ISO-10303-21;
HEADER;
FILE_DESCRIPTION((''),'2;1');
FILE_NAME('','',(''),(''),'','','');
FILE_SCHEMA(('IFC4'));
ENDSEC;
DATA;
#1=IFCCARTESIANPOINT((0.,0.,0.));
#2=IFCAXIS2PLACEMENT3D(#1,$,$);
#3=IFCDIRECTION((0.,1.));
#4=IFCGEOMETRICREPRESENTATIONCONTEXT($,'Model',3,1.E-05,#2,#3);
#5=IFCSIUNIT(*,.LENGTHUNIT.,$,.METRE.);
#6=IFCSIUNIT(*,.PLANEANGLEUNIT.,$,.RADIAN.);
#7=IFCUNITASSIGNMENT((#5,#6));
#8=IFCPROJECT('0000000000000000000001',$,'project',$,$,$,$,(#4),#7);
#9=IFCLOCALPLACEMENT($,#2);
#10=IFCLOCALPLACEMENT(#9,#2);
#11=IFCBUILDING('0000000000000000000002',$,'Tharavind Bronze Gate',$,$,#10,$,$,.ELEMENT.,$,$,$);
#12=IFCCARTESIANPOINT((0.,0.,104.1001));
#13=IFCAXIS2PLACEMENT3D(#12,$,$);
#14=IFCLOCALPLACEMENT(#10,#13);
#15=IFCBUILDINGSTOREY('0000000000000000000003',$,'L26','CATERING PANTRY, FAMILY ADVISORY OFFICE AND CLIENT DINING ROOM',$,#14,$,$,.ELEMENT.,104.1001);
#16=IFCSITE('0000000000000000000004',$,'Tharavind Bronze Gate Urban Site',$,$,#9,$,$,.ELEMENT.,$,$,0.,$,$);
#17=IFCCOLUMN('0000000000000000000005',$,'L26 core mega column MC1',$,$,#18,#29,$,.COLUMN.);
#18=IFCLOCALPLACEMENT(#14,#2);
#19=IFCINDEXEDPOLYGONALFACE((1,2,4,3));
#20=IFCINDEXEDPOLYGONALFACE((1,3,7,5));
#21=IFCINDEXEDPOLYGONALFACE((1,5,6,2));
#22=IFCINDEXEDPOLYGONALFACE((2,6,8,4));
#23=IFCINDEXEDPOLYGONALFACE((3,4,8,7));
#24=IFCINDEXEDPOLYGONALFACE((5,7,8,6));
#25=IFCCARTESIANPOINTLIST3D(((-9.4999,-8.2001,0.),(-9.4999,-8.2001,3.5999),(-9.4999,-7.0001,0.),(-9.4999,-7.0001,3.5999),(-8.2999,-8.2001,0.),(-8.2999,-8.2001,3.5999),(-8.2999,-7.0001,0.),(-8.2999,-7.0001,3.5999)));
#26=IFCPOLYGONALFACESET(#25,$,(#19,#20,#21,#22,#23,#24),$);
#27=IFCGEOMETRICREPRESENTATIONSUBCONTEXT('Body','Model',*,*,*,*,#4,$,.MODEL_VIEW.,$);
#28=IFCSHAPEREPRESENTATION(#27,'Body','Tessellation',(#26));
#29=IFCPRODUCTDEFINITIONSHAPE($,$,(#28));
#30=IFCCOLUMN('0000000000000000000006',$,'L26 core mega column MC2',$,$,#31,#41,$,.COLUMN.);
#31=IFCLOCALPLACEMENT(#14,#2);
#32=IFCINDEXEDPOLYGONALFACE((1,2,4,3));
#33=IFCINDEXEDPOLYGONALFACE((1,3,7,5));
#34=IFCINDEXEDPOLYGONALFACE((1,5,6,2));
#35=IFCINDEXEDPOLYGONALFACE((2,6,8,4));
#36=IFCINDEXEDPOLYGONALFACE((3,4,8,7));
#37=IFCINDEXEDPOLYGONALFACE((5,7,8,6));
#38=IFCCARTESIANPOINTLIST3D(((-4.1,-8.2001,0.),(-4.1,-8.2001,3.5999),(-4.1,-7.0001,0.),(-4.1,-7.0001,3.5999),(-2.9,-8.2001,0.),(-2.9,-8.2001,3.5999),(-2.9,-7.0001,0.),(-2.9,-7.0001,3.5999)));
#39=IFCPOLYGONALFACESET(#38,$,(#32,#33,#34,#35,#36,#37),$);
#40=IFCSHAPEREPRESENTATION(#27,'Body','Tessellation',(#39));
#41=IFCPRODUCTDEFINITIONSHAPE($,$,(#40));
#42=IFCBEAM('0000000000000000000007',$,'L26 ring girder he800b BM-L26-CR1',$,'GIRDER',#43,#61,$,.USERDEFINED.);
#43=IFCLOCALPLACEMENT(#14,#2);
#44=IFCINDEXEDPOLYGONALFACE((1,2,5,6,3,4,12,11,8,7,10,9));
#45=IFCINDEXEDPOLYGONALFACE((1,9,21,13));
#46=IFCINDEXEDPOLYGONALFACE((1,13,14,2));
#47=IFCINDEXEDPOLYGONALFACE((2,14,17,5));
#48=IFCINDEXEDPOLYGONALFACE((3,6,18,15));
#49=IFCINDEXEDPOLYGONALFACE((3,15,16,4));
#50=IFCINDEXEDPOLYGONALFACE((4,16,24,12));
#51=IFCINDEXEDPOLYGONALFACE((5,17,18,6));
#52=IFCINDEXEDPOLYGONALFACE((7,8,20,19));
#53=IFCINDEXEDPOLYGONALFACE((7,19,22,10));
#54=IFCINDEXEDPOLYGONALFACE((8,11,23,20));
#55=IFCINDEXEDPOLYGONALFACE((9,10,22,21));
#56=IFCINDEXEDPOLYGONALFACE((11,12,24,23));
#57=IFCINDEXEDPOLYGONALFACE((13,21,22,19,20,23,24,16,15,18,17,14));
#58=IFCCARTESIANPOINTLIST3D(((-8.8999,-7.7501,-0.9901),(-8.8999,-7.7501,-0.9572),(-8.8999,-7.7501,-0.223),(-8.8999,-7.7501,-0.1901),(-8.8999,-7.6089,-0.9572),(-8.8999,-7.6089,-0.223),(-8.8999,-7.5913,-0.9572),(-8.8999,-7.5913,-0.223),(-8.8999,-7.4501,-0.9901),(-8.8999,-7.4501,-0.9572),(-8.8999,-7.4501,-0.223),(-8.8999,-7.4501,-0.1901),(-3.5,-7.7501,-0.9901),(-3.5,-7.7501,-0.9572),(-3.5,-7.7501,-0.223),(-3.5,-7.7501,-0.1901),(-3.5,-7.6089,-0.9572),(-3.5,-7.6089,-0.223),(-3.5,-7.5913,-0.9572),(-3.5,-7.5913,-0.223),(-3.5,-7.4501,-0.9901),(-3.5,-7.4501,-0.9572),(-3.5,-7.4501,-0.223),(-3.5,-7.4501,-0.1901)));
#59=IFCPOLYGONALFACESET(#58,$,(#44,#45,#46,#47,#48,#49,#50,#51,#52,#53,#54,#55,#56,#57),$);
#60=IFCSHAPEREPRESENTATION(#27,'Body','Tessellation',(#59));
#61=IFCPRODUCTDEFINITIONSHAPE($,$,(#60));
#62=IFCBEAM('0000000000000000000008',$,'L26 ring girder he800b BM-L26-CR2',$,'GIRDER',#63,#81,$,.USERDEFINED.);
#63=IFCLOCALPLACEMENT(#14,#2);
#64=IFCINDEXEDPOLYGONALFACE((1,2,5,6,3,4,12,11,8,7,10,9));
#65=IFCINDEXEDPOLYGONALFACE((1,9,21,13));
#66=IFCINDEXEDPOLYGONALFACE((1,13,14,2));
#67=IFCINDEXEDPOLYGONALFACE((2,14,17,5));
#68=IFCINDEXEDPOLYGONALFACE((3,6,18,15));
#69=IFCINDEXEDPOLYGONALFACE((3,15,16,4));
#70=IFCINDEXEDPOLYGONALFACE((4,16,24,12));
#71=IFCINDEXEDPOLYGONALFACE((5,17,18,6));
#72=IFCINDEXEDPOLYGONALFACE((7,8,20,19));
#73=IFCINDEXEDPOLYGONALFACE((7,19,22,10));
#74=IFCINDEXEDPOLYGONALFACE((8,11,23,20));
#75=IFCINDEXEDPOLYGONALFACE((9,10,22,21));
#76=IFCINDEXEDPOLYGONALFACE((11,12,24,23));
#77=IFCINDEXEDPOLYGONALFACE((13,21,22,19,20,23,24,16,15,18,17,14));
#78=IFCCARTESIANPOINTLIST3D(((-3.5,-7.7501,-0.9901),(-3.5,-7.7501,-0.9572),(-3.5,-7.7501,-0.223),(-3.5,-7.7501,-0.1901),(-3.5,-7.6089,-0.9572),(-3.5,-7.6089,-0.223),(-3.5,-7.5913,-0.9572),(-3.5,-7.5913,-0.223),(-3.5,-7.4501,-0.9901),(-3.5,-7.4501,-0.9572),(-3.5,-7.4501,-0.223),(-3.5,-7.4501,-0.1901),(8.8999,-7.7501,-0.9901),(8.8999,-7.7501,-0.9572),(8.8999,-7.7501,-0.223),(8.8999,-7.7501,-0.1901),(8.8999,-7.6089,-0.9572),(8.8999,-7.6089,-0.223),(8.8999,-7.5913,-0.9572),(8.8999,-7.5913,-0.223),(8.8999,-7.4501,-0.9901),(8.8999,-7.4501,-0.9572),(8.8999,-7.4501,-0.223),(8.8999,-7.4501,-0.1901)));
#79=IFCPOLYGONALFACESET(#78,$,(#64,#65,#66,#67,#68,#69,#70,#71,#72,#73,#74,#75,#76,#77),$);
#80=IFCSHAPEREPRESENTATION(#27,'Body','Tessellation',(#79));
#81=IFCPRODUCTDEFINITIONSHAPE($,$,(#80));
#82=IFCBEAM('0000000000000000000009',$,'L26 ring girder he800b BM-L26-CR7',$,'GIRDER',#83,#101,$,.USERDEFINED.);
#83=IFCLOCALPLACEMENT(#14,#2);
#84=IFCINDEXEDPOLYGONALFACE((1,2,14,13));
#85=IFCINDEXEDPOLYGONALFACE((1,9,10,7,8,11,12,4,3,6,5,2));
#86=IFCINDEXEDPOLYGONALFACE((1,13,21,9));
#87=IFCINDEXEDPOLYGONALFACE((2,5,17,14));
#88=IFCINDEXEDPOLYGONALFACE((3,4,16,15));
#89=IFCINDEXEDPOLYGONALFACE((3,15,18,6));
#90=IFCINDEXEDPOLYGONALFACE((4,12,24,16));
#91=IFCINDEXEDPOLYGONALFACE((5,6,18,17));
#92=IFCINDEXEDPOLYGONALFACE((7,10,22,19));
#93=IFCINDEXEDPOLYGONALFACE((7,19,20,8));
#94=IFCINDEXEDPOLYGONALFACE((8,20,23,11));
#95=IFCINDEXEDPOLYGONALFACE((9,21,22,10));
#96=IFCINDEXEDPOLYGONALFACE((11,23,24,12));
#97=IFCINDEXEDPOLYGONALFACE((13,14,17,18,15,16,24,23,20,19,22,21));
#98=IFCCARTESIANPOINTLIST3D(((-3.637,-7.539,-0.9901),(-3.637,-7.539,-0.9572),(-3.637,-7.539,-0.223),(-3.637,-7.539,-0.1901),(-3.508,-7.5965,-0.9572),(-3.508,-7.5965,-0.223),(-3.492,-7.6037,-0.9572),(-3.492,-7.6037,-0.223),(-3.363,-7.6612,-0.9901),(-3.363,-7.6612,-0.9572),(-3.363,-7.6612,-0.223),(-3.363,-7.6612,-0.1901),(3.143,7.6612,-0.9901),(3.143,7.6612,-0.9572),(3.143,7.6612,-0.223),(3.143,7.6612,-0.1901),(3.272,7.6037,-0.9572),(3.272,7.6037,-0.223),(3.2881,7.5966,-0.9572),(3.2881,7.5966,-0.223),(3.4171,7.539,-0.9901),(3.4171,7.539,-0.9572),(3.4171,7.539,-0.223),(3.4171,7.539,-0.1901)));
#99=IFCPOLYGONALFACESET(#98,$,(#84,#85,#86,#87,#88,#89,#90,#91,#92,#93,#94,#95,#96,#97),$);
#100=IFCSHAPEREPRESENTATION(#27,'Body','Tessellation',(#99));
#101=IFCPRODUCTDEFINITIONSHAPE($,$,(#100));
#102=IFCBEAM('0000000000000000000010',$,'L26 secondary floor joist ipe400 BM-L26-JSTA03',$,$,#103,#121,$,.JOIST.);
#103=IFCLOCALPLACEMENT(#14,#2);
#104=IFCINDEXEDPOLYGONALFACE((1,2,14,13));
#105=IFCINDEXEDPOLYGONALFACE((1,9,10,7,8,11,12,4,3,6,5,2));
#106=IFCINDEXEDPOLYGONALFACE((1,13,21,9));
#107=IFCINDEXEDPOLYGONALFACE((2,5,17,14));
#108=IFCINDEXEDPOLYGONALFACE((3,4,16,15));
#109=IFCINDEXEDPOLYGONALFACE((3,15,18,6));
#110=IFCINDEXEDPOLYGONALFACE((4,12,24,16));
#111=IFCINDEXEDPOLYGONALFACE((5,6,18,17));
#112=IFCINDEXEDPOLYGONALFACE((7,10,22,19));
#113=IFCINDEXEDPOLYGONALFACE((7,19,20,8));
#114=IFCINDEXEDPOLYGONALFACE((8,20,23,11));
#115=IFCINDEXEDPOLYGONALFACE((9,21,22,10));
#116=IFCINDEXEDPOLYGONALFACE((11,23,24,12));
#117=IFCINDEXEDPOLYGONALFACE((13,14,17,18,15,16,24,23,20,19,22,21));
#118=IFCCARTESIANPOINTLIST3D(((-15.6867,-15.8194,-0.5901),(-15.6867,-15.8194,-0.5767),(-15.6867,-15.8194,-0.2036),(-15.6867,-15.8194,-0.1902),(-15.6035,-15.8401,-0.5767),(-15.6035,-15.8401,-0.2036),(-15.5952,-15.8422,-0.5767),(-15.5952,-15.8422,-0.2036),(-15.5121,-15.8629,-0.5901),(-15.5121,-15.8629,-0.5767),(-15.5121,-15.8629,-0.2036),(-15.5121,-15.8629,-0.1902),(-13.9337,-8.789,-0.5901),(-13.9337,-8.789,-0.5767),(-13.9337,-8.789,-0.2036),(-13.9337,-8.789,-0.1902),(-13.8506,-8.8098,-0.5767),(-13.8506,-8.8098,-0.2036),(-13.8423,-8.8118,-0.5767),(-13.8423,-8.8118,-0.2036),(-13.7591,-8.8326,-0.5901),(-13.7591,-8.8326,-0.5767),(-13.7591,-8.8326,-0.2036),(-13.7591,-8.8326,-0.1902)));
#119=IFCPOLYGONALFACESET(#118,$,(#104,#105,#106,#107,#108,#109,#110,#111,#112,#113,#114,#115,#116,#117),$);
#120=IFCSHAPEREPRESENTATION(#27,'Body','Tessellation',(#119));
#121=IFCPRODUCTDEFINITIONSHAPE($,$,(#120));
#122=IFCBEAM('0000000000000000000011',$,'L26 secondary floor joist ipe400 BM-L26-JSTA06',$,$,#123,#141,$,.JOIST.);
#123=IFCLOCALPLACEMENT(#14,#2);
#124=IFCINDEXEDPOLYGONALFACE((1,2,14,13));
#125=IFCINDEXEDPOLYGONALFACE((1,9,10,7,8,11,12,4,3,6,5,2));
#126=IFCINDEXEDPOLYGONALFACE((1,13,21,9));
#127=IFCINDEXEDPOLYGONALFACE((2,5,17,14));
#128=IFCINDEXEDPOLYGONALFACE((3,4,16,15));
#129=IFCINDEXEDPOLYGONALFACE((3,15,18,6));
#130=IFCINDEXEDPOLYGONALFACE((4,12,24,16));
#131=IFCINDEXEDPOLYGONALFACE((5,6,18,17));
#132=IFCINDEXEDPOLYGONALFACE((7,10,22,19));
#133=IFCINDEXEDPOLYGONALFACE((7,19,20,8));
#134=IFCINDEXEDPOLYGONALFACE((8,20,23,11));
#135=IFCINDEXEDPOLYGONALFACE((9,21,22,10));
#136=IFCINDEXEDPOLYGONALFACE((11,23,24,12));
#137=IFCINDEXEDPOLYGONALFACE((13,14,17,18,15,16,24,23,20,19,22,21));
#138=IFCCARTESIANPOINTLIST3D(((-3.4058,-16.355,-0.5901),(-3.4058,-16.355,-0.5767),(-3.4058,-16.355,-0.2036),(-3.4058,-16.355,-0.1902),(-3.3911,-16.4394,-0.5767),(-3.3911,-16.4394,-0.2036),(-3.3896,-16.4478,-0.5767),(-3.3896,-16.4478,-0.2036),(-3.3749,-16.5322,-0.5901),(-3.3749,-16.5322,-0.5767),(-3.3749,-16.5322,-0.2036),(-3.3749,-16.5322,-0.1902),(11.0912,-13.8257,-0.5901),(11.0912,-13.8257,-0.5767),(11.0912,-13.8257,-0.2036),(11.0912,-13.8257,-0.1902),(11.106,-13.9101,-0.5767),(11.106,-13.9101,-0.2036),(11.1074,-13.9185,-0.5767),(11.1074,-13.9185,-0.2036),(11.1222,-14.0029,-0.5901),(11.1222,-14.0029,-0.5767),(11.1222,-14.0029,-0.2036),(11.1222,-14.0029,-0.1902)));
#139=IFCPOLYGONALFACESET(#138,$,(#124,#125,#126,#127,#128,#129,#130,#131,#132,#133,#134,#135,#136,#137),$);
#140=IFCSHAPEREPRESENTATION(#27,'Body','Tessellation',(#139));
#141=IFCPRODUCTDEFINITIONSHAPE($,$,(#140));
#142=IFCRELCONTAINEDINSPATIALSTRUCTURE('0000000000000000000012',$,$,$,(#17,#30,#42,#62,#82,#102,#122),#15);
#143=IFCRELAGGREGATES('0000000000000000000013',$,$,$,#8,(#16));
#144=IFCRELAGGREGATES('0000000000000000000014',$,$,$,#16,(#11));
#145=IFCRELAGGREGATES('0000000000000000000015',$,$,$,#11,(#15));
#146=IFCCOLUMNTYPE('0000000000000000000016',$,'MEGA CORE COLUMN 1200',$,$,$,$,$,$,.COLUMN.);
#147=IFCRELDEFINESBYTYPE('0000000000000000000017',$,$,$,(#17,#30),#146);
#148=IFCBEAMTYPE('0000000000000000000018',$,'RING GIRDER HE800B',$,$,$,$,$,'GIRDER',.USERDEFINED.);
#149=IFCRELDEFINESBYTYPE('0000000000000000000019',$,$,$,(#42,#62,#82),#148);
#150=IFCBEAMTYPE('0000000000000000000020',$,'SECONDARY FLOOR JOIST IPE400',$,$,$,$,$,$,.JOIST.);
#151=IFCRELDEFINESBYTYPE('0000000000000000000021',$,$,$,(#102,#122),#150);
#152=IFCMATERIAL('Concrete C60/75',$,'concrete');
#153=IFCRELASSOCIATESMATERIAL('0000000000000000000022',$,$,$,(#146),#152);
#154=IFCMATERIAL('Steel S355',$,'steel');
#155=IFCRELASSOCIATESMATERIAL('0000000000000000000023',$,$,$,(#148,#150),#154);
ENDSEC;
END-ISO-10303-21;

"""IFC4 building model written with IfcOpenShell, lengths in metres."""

from ifc_helpers import new_model, si_unit, direction, frame, origin, origin_2d, place, context, subcontext, project, spatial, rectangle, i_section, extrude, material, material_profile, profile_set, type_object, element, save


model = new_model("IFC4")

# Units and contexts
model_context = context("Model", 3, precision=1e-05, world=origin(), true_north=direction((0.0, 1.0)))
body_context = subcontext(model_context, "Body", "Model", "MODEL_VIEW")
ifc_project = project(units=[si_unit("LENGTHUNIT", "METRE"), si_unit("PLANEANGLEUNIT", "RADIAN")], contexts=[model_context])

# Site, building, storey
site_placement = place(None, origin())
site = spatial("IfcSite", under=ifc_project, at=site_placement, Name="Tharavind Bronze Gate Urban Site", CompositionType="ELEMENT", RefElevation=0.0)
building_placement = place(site_placement, origin())
building = spatial("IfcBuilding", under=site, at=building_placement, Name="Tharavind Bronze Gate", CompositionType="ELEMENT")
storey_placement = place(building_placement, frame((0.0, 0.0, 104.1001)))
storey = spatial("IfcBuildingStorey", under=building, at=storey_placement, Name="L26", Description="CATERING PANTRY, FAMILY ADVISORY OFFICE AND CLIENT DINING ROOM", CompositionType="ELEMENT", Elevation=104.1001)

# Columns
ifc_material_1 = material(Name="Concrete C60/75", Category="concrete")
ifc_material_profile_1 = material_profile(ifc_material_1, rectangle(XDim=1.2, YDim=1.2, at=origin_2d()), Name="RCCOL1200")
ifc_profile_set_1 = profile_set([ifc_material_profile_1], Name="Concrete C60/75")
column_type = type_object("IfcColumnType", Name="MEGA CORE COLUMN 1200", PredefinedType="COLUMN", material=ifc_profile_set_1)
for number, where, z_axis, x_axis, name in (
    (1, (-8.8999, -7.6001, 0.0), (0.0, 0.0, 1.0), (1.0, 0.0, 0.0), "L26 core mega column MC1"),
    (2, (-3.5, -7.6001, 0.0), (0.0, 0.0, 1.0), (1.0, 0.0, 0.0), "L26 core mega column MC2"),
):
    element("IfcColumn", number, at=place(storey_placement, frame(where, z_axis=z_axis, x_axis=x_axis)), inside=storey, type_object=column_type, Name=name, PredefinedType="COLUMN", context=body_context, shape_type="SweptSolid", body=[
        extrude(rectangle(XDim=1.2, YDim=1.2, at=origin_2d()), origin(), (0.0, 0.0, 1.0), 3.5999),
    ])

# Beams
ifc_material_2 = material(Name="Steel S355", Category="steel")
ifc_material_profile_2 = material_profile(ifc_material_2, i_section(OverallWidth=0.3, OverallDepth=0.8, WebThickness=0.0176, FlangeThickness=0.033, at=origin_2d()), Name="HE800B")
ifc_profile_set_2 = profile_set([ifc_material_profile_2], Name="Steel S355")
beam_type_1 = type_object("IfcBeamType", Name="RING GIRDER HE800B", ElementType="GIRDER", PredefinedType="USERDEFINED", material=ifc_profile_set_2)
beam_1_placement = place(storey_placement, frame((-8.8999, -7.6001, -0.5901), z_axis=(1.0, 0.0, 0.0), x_axis=(0.0, 1.0, 0.0)))
element("IfcBeam", 3, at=beam_1_placement, inside=storey, type_object=beam_type_1, Name="L26 ring girder he800b BM-L26-CR1", ObjectType="GIRDER", PredefinedType="USERDEFINED", context=body_context, shape_type="SweptSolid", body=[
    extrude(i_section(OverallWidth=0.3, OverallDepth=0.8, WebThickness=0.0176, FlangeThickness=0.033, at=origin_2d()), origin(), (0.0, 0.0, 1.0), 5.3999),
])
beam_2_placement = place(storey_placement, frame((-3.5, -7.6001, -0.5901), z_axis=(1.0, 0.0, 0.0), x_axis=(0.0, 1.0, 0.0)))
element("IfcBeam", 4, at=beam_2_placement, inside=storey, type_object=beam_type_1, Name="L26 ring girder he800b BM-L26-CR2", ObjectType="GIRDER", PredefinedType="USERDEFINED", context=body_context, shape_type="SweptSolid", body=[
    extrude(i_section(OverallWidth=0.3, OverallDepth=0.8, WebThickness=0.0176, FlangeThickness=0.033, at=origin_2d()), origin(), (0.0, 0.0, 1.0), 12.3999),
])
beam_3_placement = place(storey_placement, frame((-3.5, -7.6001, -0.5901), z_axis=(0.407362, 0.913267, 0.0), x_axis=(-0.913267, 0.407362, 0.0)))
element("IfcBeam", 5, at=beam_3_placement, inside=storey, type_object=beam_type_1, Name="L26 ring girder he800b BM-L26-CR7", ObjectType="GIRDER", PredefinedType="USERDEFINED", context=body_context, shape_type="SweptSolid", body=[
    extrude(i_section(OverallWidth=0.3, OverallDepth=0.8, WebThickness=0.0176, FlangeThickness=0.033, at=origin_2d()), origin(), (0.0, 0.0, 1.0), 16.6438),
])
ifc_material_profile_3 = material_profile(ifc_material_2, i_section(OverallWidth=0.1799, OverallDepth=0.3999, WebThickness=0.0085, FlangeThickness=0.0134, at=origin_2d()), Name="IPE400")
ifc_profile_set_3 = profile_set([ifc_material_profile_3], Name="Steel S355")
beam_type_2 = type_object("IfcBeamType", Name="SECONDARY FLOOR JOIST IPE400", PredefinedType="JOIST", material=ifc_profile_set_3)
beam_4_placement = place(storey_placement, frame((-13.8464, -8.8108, -0.3901), z_axis=(-0.241933, -0.970293, 0.0), x_axis=(0.970293, -0.241933, 0.0)))
element("IfcBeam", 6, at=beam_4_placement, inside=storey, type_object=beam_type_2, Name="L26 secondary floor joist ipe400 BM-L26-JSTA03", PredefinedType="JOIST", context=body_context, shape_type="SweptSolid", body=[
    extrude(i_section(OverallWidth=0.1799, OverallDepth=0.3999, WebThickness=0.0085, FlangeThickness=0.0134, at=origin_2d()), origin(), (0.0, 0.0, 1.0), 7.2456),
])
beam_5_placement = place(storey_placement, frame((-3.3904, -16.4436, -0.3901), z_axis=(0.985119, 0.171873, 0.0), x_axis=(-0.171873, 0.985119, 0.0)))
element("IfcBeam", 7, at=beam_5_placement, inside=storey, type_object=beam_type_2, Name="L26 secondary floor joist ipe400 BM-L26-JSTA06", PredefinedType="JOIST", context=body_context, shape_type="SweptSolid", body=[
    extrude(i_section(OverallWidth=0.1799, OverallDepth=0.3999, WebThickness=0.0085, FlangeThickness=0.0134, at=origin_2d()), origin(), (0.0, 0.0, 1.0), 14.7161),
])

save(model, "model.ifc")
